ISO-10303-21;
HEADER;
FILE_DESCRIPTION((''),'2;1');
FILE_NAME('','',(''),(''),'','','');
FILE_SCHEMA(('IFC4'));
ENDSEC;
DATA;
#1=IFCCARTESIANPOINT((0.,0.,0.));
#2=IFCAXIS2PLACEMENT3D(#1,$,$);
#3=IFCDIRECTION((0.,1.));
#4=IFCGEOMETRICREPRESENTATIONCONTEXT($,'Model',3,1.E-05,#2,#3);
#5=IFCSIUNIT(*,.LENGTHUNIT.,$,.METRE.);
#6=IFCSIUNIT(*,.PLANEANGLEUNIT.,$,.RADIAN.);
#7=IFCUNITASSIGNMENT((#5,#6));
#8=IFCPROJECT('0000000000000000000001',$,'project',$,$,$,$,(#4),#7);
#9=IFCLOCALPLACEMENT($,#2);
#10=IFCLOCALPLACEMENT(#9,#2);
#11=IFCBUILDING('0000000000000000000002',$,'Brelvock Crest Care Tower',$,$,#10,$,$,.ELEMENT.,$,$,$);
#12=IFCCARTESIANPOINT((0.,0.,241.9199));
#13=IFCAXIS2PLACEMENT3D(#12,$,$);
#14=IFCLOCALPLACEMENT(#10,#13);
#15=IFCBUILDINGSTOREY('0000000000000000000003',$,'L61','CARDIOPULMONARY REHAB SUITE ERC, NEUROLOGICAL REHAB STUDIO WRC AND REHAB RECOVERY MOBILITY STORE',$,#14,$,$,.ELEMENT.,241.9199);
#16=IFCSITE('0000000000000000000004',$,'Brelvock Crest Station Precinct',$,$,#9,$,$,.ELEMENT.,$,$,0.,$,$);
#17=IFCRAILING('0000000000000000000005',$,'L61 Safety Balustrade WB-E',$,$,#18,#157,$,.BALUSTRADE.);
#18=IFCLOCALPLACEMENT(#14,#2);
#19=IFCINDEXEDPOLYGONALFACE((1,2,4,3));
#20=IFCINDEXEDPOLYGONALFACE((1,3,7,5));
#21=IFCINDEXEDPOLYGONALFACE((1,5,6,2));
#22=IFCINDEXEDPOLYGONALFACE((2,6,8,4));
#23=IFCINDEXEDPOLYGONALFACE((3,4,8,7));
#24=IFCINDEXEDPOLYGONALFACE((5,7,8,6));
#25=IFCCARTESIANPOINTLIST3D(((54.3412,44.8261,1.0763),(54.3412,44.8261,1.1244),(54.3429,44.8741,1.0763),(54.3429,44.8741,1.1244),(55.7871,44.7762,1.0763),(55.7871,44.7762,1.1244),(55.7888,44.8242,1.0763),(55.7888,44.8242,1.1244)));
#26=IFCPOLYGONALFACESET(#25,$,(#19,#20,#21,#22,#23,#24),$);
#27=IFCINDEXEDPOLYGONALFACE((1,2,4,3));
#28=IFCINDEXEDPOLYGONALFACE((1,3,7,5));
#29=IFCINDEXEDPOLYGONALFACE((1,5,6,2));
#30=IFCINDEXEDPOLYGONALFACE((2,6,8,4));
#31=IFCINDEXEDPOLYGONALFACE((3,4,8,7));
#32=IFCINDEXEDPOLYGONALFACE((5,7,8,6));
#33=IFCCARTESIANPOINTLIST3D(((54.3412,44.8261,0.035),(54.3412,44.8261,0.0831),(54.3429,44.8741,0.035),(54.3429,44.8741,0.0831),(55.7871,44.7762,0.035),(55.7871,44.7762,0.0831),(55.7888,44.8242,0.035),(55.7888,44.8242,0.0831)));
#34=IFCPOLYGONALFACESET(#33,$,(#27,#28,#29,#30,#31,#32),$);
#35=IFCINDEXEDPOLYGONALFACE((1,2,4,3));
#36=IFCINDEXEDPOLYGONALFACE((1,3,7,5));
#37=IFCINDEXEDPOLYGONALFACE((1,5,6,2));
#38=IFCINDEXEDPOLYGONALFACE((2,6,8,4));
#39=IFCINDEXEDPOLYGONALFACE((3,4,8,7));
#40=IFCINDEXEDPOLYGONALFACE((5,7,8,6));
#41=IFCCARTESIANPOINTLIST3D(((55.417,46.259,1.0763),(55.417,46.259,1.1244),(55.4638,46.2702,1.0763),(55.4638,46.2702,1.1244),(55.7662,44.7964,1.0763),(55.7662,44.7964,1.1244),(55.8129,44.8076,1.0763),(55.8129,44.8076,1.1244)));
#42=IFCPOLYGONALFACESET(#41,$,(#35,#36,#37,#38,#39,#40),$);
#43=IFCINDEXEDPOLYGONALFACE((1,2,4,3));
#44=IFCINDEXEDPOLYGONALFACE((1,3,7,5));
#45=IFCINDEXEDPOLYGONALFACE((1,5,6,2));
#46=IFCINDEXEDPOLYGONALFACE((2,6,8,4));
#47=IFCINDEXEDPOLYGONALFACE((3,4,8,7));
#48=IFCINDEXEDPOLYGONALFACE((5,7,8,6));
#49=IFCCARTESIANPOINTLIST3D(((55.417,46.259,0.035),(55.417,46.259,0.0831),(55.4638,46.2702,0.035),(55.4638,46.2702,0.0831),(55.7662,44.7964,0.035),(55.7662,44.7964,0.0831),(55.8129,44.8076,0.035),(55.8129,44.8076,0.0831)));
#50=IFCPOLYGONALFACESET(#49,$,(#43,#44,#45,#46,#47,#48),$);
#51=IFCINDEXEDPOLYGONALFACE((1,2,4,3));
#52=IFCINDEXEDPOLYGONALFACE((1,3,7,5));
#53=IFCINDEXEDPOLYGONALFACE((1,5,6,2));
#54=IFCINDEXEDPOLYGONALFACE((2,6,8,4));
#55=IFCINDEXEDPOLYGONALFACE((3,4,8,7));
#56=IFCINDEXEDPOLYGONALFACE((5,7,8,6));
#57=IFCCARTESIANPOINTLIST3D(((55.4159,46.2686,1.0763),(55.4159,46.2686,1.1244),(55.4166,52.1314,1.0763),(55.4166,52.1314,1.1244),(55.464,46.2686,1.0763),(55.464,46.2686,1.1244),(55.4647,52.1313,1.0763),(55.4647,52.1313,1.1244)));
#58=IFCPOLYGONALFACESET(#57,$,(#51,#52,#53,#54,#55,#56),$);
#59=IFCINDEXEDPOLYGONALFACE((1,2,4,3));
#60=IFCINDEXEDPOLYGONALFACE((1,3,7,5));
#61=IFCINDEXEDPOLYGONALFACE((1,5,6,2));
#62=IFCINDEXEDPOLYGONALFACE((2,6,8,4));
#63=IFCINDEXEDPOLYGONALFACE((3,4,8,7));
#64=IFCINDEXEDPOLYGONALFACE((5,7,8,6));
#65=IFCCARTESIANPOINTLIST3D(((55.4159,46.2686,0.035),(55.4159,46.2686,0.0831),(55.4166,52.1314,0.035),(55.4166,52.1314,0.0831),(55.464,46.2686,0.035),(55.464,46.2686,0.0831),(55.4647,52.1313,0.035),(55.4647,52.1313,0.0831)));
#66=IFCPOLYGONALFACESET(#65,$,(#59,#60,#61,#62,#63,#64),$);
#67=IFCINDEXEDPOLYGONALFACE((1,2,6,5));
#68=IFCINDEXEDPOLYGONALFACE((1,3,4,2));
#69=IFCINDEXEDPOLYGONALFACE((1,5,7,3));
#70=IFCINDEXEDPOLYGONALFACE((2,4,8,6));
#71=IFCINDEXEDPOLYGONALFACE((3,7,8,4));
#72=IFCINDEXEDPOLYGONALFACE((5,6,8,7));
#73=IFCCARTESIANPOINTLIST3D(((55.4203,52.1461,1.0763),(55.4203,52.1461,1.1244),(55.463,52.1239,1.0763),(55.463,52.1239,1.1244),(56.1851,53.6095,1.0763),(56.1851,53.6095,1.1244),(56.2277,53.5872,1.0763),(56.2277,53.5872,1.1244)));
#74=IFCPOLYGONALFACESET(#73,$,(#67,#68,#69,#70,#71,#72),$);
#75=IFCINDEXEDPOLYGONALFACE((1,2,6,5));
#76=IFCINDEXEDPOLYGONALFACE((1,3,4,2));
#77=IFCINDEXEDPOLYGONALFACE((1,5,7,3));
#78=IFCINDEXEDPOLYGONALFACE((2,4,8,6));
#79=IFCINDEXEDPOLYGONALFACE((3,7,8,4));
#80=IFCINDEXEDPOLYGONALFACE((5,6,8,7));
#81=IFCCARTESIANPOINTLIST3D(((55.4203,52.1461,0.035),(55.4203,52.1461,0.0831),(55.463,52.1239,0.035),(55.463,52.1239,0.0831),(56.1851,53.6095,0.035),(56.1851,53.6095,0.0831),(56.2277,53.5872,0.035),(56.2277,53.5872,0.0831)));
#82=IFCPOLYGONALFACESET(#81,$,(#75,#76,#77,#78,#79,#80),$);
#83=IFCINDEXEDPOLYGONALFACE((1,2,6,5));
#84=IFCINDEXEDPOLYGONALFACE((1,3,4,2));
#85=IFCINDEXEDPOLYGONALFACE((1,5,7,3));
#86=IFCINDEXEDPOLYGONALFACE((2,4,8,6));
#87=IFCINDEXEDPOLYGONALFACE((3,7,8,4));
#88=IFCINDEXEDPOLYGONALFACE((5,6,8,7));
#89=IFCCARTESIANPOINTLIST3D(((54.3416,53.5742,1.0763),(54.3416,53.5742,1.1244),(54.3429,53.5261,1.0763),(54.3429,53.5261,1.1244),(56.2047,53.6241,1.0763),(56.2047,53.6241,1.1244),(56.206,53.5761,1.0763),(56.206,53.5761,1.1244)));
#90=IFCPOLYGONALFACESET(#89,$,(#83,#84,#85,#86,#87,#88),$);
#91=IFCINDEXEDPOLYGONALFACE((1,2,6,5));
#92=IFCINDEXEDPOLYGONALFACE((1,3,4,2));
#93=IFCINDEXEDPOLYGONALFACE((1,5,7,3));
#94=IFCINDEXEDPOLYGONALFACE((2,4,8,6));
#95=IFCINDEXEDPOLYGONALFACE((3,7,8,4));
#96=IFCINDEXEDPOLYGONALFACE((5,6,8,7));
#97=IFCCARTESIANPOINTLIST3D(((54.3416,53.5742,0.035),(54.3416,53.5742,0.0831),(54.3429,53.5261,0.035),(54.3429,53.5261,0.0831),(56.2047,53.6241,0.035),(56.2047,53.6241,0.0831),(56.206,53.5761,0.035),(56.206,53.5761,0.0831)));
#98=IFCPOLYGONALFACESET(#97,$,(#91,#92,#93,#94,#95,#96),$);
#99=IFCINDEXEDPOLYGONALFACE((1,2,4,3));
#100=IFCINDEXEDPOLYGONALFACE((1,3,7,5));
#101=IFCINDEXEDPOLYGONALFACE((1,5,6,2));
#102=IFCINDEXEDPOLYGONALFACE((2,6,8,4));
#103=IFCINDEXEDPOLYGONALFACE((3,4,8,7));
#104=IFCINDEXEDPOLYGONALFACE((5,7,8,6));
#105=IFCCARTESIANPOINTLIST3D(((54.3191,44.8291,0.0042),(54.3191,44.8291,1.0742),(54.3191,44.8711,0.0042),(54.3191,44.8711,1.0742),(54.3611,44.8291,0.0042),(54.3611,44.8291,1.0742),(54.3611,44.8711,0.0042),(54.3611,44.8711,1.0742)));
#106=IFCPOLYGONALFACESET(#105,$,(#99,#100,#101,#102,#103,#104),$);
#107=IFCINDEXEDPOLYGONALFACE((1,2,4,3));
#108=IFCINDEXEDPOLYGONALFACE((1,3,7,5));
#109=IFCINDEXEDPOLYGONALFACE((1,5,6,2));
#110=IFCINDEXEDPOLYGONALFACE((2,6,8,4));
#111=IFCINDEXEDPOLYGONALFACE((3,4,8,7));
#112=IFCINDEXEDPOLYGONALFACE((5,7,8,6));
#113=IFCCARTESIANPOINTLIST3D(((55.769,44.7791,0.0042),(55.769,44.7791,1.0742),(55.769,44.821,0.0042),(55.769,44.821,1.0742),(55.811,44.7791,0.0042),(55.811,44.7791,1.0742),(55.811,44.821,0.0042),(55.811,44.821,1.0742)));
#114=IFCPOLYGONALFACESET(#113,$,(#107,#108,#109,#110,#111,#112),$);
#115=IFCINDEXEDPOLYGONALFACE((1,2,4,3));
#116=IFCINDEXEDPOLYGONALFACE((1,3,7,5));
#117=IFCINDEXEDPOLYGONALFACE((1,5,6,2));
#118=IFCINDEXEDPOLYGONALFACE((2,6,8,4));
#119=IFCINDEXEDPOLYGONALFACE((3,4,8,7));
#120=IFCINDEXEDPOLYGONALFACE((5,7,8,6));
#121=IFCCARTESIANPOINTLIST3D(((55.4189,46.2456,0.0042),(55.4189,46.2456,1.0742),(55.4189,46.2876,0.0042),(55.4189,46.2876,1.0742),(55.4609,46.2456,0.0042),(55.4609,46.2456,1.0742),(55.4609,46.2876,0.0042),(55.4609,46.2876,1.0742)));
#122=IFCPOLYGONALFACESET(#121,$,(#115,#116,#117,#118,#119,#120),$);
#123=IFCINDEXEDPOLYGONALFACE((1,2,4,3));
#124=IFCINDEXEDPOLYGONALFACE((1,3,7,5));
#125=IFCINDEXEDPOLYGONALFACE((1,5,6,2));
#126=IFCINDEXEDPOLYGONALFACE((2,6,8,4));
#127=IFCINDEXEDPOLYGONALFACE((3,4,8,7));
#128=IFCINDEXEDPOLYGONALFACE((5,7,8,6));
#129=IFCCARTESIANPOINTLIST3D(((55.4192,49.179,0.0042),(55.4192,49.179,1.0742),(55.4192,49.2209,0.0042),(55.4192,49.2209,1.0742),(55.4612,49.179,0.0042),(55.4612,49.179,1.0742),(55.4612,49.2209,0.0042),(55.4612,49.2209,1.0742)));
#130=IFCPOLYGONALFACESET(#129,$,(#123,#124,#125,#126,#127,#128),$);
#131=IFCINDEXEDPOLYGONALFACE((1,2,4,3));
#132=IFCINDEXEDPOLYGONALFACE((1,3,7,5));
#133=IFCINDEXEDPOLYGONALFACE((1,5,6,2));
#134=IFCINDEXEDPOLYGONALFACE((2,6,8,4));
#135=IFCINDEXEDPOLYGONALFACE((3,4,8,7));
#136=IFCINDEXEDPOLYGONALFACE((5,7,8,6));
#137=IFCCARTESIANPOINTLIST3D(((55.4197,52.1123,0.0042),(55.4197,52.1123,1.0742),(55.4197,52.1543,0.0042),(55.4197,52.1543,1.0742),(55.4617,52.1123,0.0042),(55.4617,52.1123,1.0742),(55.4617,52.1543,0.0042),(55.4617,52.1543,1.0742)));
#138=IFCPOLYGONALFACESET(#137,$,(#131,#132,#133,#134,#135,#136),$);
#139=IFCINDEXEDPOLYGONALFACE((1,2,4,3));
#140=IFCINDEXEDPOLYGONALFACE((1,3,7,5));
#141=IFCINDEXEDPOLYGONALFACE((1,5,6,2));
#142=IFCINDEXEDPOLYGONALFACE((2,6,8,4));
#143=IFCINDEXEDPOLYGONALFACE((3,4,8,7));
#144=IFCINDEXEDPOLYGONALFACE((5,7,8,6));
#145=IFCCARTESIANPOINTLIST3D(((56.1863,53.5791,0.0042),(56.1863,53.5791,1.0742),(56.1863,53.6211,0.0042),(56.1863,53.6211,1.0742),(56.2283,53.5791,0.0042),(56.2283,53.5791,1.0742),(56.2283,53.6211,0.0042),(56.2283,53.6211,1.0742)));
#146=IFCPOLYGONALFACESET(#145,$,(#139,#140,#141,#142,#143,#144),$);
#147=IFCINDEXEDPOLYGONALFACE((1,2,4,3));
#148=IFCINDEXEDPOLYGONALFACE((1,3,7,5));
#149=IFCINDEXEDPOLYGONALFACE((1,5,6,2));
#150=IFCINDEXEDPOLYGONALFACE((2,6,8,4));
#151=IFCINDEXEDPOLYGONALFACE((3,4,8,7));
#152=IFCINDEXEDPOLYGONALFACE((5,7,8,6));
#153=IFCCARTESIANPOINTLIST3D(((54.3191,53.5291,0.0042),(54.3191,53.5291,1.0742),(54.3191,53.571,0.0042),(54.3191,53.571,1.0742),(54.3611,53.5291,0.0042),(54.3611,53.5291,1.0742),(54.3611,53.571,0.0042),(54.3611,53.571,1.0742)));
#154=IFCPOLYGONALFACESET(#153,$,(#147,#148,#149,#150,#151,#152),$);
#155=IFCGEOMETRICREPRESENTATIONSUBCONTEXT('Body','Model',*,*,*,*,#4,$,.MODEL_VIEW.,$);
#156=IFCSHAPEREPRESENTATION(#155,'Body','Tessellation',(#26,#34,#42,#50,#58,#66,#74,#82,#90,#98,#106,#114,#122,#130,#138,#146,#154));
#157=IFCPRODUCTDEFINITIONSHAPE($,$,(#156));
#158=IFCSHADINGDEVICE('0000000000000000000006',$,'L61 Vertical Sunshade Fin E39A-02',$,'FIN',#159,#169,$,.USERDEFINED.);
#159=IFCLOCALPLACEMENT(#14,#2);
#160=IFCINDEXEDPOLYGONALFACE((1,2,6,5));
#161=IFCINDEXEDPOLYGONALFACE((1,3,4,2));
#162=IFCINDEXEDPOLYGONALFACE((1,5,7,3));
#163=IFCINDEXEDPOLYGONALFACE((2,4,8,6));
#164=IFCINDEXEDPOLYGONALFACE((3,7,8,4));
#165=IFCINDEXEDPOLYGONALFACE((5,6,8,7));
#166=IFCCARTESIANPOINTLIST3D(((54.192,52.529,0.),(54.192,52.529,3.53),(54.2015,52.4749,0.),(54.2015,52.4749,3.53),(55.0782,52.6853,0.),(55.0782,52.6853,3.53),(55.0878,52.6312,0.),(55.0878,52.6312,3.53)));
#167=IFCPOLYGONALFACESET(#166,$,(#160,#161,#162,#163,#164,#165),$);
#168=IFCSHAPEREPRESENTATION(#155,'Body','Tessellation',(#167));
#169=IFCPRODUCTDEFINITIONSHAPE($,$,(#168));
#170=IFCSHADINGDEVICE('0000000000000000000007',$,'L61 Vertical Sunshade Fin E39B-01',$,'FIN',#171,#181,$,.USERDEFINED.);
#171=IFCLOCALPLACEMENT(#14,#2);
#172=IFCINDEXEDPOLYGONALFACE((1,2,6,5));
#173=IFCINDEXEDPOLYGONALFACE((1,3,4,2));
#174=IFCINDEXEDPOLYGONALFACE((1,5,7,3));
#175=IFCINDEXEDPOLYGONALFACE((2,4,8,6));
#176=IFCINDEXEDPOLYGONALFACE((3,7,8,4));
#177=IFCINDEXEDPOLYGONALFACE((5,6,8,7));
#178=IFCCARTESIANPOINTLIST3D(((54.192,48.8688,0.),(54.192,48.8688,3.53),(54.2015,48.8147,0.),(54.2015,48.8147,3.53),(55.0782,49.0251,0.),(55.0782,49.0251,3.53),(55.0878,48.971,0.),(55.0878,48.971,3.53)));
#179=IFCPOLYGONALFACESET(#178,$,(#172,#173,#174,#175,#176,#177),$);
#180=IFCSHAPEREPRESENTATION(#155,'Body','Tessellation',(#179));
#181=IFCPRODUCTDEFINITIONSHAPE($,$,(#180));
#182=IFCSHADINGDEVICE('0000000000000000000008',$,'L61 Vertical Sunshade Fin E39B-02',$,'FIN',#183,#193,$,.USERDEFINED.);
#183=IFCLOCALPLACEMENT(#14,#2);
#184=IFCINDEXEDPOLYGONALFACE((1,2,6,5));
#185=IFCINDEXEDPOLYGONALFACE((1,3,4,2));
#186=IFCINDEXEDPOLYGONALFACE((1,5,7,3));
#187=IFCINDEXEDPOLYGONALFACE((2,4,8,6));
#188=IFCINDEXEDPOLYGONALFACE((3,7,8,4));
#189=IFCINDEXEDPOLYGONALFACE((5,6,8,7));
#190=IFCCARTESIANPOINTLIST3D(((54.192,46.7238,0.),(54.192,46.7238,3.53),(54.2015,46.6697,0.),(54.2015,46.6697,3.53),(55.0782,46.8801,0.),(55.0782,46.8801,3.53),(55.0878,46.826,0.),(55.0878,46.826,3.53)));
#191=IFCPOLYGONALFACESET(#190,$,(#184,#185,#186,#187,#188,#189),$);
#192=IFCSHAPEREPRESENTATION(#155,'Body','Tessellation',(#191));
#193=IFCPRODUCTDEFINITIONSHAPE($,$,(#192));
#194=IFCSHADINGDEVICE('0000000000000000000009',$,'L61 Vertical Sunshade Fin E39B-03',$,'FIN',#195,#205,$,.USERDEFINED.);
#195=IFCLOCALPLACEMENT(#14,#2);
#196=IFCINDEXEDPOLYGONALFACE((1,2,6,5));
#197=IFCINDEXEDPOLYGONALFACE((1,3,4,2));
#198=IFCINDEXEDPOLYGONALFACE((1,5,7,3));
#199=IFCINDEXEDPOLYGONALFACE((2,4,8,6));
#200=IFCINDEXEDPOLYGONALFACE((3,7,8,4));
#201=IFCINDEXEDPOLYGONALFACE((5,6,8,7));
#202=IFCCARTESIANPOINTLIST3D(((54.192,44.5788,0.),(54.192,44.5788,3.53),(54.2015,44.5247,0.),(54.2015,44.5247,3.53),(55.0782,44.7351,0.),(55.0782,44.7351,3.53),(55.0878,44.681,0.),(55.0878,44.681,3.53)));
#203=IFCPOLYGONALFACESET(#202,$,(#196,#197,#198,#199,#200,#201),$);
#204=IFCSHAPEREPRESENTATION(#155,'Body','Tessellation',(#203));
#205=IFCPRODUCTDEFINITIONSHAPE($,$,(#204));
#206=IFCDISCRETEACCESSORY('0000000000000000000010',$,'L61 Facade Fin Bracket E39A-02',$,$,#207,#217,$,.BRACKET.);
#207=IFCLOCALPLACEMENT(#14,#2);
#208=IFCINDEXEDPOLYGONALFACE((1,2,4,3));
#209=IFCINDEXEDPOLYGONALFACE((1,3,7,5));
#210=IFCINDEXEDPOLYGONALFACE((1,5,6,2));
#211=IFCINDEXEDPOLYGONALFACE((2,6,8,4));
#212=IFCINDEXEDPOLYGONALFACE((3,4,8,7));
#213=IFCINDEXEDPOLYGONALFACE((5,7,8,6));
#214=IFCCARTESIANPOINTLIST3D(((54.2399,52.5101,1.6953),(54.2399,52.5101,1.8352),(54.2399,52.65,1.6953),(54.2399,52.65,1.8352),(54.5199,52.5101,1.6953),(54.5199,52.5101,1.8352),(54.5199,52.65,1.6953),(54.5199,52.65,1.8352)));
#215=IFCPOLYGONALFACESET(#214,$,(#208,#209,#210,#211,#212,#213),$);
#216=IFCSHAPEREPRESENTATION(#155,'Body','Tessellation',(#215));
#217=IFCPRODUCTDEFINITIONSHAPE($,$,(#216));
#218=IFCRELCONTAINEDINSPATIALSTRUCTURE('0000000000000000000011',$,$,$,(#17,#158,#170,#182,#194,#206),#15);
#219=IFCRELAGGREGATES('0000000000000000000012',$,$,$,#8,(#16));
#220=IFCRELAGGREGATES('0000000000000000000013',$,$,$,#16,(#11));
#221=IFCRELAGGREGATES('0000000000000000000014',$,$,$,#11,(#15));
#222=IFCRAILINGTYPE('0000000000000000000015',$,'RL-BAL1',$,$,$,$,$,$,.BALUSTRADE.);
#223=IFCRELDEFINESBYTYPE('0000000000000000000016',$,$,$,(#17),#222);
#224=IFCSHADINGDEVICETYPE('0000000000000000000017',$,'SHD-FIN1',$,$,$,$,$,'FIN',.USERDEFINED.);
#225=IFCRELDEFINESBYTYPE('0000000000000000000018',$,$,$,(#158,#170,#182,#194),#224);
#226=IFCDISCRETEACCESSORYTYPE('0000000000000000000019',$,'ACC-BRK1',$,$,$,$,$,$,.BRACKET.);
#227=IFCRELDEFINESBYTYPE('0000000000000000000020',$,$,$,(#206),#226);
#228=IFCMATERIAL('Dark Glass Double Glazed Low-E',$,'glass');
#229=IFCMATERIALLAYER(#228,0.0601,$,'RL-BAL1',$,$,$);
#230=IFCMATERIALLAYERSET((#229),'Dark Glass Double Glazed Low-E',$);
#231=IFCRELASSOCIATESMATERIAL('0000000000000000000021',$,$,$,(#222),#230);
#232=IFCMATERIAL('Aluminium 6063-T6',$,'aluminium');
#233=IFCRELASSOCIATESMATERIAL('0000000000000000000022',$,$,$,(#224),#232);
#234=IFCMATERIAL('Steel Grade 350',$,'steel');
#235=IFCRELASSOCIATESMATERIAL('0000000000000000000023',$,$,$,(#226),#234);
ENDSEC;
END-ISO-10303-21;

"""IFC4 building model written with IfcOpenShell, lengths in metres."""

from ifc_helpers import new_model, si_unit, direction, frame, origin, origin_2d, place, context, subcontext, project, spatial, rectangle, extrude, source, transform, mapped, material, layer, layer_set, material_profile, profile_set, type_object, element, save


model = new_model("IFC4")

# Units and contexts
model_context = context("Model", 3, precision=1e-05, world=origin(), true_north=direction((0.0, 1.0)))
body_context = subcontext(model_context, "Body", "Model", "MODEL_VIEW")
ifc_project = project(units=[si_unit("LENGTHUNIT", "METRE"), si_unit("PLANEANGLEUNIT", "RADIAN")], contexts=[model_context])

# Site, building, storey
site_placement = place(None, origin())
site = spatial("IfcSite", under=ifc_project, at=site_placement, Name="Brelvock Crest Station Precinct", CompositionType="ELEMENT", RefElevation=0.0)
building_placement = place(site_placement, origin())
building = spatial("IfcBuilding", under=site, at=building_placement, Name="Brelvock Crest Care Tower", CompositionType="ELEMENT")
storey_placement = place(building_placement, frame((0.0, 0.0, 241.9199)))
storey = spatial("IfcBuildingStorey", under=building, at=storey_placement, Name="L61", Description="CARDIOPULMONARY REHAB SUITE ERC, NEUROLOGICAL REHAB STUDIO WRC AND REHAB RECOVERY MOBILITY STORE", CompositionType="ELEMENT", Elevation=241.9199)

# Shared definitions
ifc_material_1 = material(Name="Steel Grade 350", Category="steel")

# Shared definitions
ifc_material_2 = material(Name="Dark Glass Double Glazed Low-E", Category="glass")
ifc_material_3 = material(Name="Aluminium 6063-T6", Category="aluminium")

# Railing
ifc_layer_1 = layer(ifc_material_2, 0.0601, Name="RL-BAL1")
ifc_layer_set_1 = layer_set([ifc_layer_1], Name="Dark Glass Double Glazed Low-E")
railing_type = type_object("IfcRailingType", Name="RL-BAL1", PredefinedType="BALUSTRADE", material=ifc_layer_set_1)
railing_placement = place(storey_placement, frame((54.3401, 44.8501, 0.0042)))
element("IfcRailing", 1, at=railing_placement, inside=storey, type_object=railing_type, Name="L61 Safety Balustrade WB-E", PredefinedType="BALUSTRADE", context=body_context, shape_type="SweptSolid", body=[
    extrude(rectangle(XDim=0.0481, YDim=0.0481, at=origin_2d()), frame((0.002, 0.0, 1.0962), z_axis=(0.999405, -0.034497, 0.0), x_axis=(0.034497, 0.999405, 0.0)), (0.0, 0.0, 1.0), 1.4468),
    extrude(rectangle(XDim=0.0481, YDim=0.0481, at=origin_2d()), frame((0.002, 0.0, 0.0549), z_axis=(0.999405, -0.034497, 0.0), x_axis=(0.034497, 0.999405, 0.0)), (0.0, 0.0, 1.0), 1.4468),
    extrude(rectangle(XDim=0.0481, YDim=0.0481, at=origin_2d()), frame((1.4495, -0.0481, 1.0962), z_axis=(-0.232197, 0.972669, 0.0), x_axis=(-0.972669, -0.232197, 0.0)), (0.0, 0.0, 1.0), 1.5037),
    extrude(rectangle(XDim=0.0481, YDim=0.0481, at=origin_2d()), frame((1.4495, -0.0481, 0.0549), z_axis=(-0.232197, 0.972669, 0.0), x_axis=(-0.972669, -0.232197, 0.0)), (0.0, 0.0, 1.0), 1.5037),
    extrude(rectangle(XDim=0.0481, YDim=0.0481, at=origin_2d()), frame((1.0999, 1.4185, 1.0962), z_axis=(0.000125, 1.0, 0.0), x_axis=(-1.0, 0.000125, 0.0)), (0.0, 0.0, 1.0), 5.8628),
    extrude(rectangle(XDim=0.0481, YDim=0.0481, at=origin_2d()), frame((1.0999, 1.4185, 0.0549), z_axis=(0.000125, 1.0, 0.0), x_axis=(-1.0, 0.000125, 0.0)), (0.0, 0.0, 1.0), 5.8628),
    extrude(rectangle(XDim=0.0481, YDim=0.0481, at=origin_2d()), frame((1.1016, 7.2849, 1.0962), z_axis=(0.463191, 0.886258, 0.0), x_axis=(-0.886258, 0.463191, 0.0)), (0.0, 0.0, 1.0), 1.6511),
    extrude(rectangle(XDim=0.0481, YDim=0.0481, at=origin_2d()), frame((1.1016, 7.2849, 0.0549), z_axis=(0.463191, 0.886258, 0.0), x_axis=(-0.886258, 0.463191, 0.0)), (0.0, 0.0, 1.0), 1.6511),
    extrude(rectangle(XDim=0.0481, YDim=0.0481, at=origin_2d()), frame((1.8652, 8.75, 1.0962), z_axis=(-0.999641, -0.026795, 0.0), x_axis=(0.026795, -0.999641, 0.0)), (0.0, 0.0, 1.0), 1.8638),
    extrude(rectangle(XDim=0.0481, YDim=0.0481, at=origin_2d()), frame((1.8652, 8.75, 0.0549), z_axis=(-0.999641, -0.026795, 0.0), x_axis=(0.026795, -0.999641, 0.0)), (0.0, 0.0, 1.0), 1.8638),
    extrude(rectangle(XDim=0.042, YDim=0.042, at=origin_2d()), origin(), (0.0, 0.0, 1.0), 1.0701),
    extrude(rectangle(XDim=0.042, YDim=0.042, at=origin_2d()), frame((1.45, -0.05, 0.0)), (0.0, 0.0, 1.0), 1.0701),
    extrude(rectangle(XDim=0.042, YDim=0.042, at=origin_2d()), frame((1.0999, 1.4165, 0.0)), (0.0, 0.0, 1.0), 1.0701),
    extrude(rectangle(XDim=0.042, YDim=0.042, at=origin_2d()), frame((1.1001, 4.3499, 0.0)), (0.0, 0.0, 1.0), 1.0701),
    extrude(rectangle(XDim=0.042, YDim=0.042, at=origin_2d()), frame((1.1006, 7.2832, 0.0)), (0.0, 0.0, 1.0), 1.0701),
    extrude(rectangle(XDim=0.042, YDim=0.042, at=origin_2d()), frame((1.8672, 8.75, 0.0)), (0.0, 0.0, 1.0), 1.0701),
    extrude(rectangle(XDim=0.042, YDim=0.042, at=origin_2d()), frame((0.0, 8.7, 0.0)), (0.0, 0.0, 1.0), 1.0701),
])

# Shading devices
ifc_material_profile_1 = material_profile(ifc_material_3, rectangle(XDim=0.0549, YDim=0.8999, at=origin_2d()), Name="FIN55x900")
ifc_profile_set_1 = profile_set([ifc_material_profile_1], Name="Aluminium 6063-T6")
shading_device_type = type_object("IfcShadingDeviceType", Name="SHD-FIN1", ElementType="FIN", PredefinedType="USERDEFINED", material=ifc_profile_set_1)
shared_shape_1 = source(origin(), body_context, "Body", "SweptSolid", [
    extrude(rectangle(XDim=0.0549, YDim=0.8999, at=origin_2d()), origin(), (0.0, 0.0, 1.0), 3.53),
])
for number, where, z_axis, x_axis, name in (
    (2, (54.6399, 52.5801, 0.0), (0.0, 0.0, 1.0), (0.173648, -0.984808, 0.0), "L61 Vertical Sunshade Fin E39A-02"),
    (3, (54.6399, 48.9199, 0.0), (0.0, 0.0, 1.0), (0.173648, -0.984808, 0.0), "L61 Vertical Sunshade Fin E39B-01"),
    (4, (54.6399, 46.7749, 0.0), (0.0, 0.0, 1.0), (0.173648, -0.984808, 0.0), "L61 Vertical Sunshade Fin E39B-02"),
    (5, (54.6399, 44.6299, 0.0), (0.0, 0.0, 1.0), (0.173648, -0.984808, 0.0), "L61 Vertical Sunshade Fin E39B-03"),
):
    element("IfcShadingDevice", number, at=place(storey_placement, frame(where, z_axis=z_axis, x_axis=x_axis)), inside=storey, type_object=shading_device_type, Name=name, ObjectType="FIN", PredefinedType="USERDEFINED", context=body_context, shape_type="MappedRepresentation", body=[
        mapped(shared_shape_1, transform((0.0, 0.0, 0.0), x_axis=(1.0, 0.0, 0.0), y_axis=(0.0, 1.0, 0.0), z_axis=(0.0, 0.0, 1.0), scale=1.0)),
    ])

# Discrete accessory
discrete_accessory_type = type_object("IfcDiscreteAccessoryType", Name="ACC-BRK1", PredefinedType="BRACKET", material=ifc_material_1)
shared_shape_2 = source(origin(), body_context, "Body", "SweptSolid", [
    extrude(rectangle(XDim=0.28, YDim=0.1399, at=origin_2d()), origin(), (0.0, 0.0, 1.0), 0.1399),
])
for number, where, z_axis, x_axis, name in (
    (6, (54.3799, 52.5801, 1.6953), (0.0, 0.0, 1.0), (1.0, 0.0, 0.0), "L61 Facade Fin Bracket E39A-02"),
):
    element("IfcDiscreteAccessory", number, at=place(storey_placement, frame(where, z_axis=z_axis, x_axis=x_axis)), inside=storey, type_object=discrete_accessory_type, Name=name, PredefinedType="BRACKET", context=body_context, shape_type="MappedRepresentation", body=[
        mapped(shared_shape_2, transform((0.0, 0.0, 0.0), x_axis=(1.0, 0.0, 0.0), y_axis=(0.0, 1.0, 0.0), z_axis=(0.0, 0.0, 1.0), scale=1.0)),
    ])

save(model, "model.ifc")
